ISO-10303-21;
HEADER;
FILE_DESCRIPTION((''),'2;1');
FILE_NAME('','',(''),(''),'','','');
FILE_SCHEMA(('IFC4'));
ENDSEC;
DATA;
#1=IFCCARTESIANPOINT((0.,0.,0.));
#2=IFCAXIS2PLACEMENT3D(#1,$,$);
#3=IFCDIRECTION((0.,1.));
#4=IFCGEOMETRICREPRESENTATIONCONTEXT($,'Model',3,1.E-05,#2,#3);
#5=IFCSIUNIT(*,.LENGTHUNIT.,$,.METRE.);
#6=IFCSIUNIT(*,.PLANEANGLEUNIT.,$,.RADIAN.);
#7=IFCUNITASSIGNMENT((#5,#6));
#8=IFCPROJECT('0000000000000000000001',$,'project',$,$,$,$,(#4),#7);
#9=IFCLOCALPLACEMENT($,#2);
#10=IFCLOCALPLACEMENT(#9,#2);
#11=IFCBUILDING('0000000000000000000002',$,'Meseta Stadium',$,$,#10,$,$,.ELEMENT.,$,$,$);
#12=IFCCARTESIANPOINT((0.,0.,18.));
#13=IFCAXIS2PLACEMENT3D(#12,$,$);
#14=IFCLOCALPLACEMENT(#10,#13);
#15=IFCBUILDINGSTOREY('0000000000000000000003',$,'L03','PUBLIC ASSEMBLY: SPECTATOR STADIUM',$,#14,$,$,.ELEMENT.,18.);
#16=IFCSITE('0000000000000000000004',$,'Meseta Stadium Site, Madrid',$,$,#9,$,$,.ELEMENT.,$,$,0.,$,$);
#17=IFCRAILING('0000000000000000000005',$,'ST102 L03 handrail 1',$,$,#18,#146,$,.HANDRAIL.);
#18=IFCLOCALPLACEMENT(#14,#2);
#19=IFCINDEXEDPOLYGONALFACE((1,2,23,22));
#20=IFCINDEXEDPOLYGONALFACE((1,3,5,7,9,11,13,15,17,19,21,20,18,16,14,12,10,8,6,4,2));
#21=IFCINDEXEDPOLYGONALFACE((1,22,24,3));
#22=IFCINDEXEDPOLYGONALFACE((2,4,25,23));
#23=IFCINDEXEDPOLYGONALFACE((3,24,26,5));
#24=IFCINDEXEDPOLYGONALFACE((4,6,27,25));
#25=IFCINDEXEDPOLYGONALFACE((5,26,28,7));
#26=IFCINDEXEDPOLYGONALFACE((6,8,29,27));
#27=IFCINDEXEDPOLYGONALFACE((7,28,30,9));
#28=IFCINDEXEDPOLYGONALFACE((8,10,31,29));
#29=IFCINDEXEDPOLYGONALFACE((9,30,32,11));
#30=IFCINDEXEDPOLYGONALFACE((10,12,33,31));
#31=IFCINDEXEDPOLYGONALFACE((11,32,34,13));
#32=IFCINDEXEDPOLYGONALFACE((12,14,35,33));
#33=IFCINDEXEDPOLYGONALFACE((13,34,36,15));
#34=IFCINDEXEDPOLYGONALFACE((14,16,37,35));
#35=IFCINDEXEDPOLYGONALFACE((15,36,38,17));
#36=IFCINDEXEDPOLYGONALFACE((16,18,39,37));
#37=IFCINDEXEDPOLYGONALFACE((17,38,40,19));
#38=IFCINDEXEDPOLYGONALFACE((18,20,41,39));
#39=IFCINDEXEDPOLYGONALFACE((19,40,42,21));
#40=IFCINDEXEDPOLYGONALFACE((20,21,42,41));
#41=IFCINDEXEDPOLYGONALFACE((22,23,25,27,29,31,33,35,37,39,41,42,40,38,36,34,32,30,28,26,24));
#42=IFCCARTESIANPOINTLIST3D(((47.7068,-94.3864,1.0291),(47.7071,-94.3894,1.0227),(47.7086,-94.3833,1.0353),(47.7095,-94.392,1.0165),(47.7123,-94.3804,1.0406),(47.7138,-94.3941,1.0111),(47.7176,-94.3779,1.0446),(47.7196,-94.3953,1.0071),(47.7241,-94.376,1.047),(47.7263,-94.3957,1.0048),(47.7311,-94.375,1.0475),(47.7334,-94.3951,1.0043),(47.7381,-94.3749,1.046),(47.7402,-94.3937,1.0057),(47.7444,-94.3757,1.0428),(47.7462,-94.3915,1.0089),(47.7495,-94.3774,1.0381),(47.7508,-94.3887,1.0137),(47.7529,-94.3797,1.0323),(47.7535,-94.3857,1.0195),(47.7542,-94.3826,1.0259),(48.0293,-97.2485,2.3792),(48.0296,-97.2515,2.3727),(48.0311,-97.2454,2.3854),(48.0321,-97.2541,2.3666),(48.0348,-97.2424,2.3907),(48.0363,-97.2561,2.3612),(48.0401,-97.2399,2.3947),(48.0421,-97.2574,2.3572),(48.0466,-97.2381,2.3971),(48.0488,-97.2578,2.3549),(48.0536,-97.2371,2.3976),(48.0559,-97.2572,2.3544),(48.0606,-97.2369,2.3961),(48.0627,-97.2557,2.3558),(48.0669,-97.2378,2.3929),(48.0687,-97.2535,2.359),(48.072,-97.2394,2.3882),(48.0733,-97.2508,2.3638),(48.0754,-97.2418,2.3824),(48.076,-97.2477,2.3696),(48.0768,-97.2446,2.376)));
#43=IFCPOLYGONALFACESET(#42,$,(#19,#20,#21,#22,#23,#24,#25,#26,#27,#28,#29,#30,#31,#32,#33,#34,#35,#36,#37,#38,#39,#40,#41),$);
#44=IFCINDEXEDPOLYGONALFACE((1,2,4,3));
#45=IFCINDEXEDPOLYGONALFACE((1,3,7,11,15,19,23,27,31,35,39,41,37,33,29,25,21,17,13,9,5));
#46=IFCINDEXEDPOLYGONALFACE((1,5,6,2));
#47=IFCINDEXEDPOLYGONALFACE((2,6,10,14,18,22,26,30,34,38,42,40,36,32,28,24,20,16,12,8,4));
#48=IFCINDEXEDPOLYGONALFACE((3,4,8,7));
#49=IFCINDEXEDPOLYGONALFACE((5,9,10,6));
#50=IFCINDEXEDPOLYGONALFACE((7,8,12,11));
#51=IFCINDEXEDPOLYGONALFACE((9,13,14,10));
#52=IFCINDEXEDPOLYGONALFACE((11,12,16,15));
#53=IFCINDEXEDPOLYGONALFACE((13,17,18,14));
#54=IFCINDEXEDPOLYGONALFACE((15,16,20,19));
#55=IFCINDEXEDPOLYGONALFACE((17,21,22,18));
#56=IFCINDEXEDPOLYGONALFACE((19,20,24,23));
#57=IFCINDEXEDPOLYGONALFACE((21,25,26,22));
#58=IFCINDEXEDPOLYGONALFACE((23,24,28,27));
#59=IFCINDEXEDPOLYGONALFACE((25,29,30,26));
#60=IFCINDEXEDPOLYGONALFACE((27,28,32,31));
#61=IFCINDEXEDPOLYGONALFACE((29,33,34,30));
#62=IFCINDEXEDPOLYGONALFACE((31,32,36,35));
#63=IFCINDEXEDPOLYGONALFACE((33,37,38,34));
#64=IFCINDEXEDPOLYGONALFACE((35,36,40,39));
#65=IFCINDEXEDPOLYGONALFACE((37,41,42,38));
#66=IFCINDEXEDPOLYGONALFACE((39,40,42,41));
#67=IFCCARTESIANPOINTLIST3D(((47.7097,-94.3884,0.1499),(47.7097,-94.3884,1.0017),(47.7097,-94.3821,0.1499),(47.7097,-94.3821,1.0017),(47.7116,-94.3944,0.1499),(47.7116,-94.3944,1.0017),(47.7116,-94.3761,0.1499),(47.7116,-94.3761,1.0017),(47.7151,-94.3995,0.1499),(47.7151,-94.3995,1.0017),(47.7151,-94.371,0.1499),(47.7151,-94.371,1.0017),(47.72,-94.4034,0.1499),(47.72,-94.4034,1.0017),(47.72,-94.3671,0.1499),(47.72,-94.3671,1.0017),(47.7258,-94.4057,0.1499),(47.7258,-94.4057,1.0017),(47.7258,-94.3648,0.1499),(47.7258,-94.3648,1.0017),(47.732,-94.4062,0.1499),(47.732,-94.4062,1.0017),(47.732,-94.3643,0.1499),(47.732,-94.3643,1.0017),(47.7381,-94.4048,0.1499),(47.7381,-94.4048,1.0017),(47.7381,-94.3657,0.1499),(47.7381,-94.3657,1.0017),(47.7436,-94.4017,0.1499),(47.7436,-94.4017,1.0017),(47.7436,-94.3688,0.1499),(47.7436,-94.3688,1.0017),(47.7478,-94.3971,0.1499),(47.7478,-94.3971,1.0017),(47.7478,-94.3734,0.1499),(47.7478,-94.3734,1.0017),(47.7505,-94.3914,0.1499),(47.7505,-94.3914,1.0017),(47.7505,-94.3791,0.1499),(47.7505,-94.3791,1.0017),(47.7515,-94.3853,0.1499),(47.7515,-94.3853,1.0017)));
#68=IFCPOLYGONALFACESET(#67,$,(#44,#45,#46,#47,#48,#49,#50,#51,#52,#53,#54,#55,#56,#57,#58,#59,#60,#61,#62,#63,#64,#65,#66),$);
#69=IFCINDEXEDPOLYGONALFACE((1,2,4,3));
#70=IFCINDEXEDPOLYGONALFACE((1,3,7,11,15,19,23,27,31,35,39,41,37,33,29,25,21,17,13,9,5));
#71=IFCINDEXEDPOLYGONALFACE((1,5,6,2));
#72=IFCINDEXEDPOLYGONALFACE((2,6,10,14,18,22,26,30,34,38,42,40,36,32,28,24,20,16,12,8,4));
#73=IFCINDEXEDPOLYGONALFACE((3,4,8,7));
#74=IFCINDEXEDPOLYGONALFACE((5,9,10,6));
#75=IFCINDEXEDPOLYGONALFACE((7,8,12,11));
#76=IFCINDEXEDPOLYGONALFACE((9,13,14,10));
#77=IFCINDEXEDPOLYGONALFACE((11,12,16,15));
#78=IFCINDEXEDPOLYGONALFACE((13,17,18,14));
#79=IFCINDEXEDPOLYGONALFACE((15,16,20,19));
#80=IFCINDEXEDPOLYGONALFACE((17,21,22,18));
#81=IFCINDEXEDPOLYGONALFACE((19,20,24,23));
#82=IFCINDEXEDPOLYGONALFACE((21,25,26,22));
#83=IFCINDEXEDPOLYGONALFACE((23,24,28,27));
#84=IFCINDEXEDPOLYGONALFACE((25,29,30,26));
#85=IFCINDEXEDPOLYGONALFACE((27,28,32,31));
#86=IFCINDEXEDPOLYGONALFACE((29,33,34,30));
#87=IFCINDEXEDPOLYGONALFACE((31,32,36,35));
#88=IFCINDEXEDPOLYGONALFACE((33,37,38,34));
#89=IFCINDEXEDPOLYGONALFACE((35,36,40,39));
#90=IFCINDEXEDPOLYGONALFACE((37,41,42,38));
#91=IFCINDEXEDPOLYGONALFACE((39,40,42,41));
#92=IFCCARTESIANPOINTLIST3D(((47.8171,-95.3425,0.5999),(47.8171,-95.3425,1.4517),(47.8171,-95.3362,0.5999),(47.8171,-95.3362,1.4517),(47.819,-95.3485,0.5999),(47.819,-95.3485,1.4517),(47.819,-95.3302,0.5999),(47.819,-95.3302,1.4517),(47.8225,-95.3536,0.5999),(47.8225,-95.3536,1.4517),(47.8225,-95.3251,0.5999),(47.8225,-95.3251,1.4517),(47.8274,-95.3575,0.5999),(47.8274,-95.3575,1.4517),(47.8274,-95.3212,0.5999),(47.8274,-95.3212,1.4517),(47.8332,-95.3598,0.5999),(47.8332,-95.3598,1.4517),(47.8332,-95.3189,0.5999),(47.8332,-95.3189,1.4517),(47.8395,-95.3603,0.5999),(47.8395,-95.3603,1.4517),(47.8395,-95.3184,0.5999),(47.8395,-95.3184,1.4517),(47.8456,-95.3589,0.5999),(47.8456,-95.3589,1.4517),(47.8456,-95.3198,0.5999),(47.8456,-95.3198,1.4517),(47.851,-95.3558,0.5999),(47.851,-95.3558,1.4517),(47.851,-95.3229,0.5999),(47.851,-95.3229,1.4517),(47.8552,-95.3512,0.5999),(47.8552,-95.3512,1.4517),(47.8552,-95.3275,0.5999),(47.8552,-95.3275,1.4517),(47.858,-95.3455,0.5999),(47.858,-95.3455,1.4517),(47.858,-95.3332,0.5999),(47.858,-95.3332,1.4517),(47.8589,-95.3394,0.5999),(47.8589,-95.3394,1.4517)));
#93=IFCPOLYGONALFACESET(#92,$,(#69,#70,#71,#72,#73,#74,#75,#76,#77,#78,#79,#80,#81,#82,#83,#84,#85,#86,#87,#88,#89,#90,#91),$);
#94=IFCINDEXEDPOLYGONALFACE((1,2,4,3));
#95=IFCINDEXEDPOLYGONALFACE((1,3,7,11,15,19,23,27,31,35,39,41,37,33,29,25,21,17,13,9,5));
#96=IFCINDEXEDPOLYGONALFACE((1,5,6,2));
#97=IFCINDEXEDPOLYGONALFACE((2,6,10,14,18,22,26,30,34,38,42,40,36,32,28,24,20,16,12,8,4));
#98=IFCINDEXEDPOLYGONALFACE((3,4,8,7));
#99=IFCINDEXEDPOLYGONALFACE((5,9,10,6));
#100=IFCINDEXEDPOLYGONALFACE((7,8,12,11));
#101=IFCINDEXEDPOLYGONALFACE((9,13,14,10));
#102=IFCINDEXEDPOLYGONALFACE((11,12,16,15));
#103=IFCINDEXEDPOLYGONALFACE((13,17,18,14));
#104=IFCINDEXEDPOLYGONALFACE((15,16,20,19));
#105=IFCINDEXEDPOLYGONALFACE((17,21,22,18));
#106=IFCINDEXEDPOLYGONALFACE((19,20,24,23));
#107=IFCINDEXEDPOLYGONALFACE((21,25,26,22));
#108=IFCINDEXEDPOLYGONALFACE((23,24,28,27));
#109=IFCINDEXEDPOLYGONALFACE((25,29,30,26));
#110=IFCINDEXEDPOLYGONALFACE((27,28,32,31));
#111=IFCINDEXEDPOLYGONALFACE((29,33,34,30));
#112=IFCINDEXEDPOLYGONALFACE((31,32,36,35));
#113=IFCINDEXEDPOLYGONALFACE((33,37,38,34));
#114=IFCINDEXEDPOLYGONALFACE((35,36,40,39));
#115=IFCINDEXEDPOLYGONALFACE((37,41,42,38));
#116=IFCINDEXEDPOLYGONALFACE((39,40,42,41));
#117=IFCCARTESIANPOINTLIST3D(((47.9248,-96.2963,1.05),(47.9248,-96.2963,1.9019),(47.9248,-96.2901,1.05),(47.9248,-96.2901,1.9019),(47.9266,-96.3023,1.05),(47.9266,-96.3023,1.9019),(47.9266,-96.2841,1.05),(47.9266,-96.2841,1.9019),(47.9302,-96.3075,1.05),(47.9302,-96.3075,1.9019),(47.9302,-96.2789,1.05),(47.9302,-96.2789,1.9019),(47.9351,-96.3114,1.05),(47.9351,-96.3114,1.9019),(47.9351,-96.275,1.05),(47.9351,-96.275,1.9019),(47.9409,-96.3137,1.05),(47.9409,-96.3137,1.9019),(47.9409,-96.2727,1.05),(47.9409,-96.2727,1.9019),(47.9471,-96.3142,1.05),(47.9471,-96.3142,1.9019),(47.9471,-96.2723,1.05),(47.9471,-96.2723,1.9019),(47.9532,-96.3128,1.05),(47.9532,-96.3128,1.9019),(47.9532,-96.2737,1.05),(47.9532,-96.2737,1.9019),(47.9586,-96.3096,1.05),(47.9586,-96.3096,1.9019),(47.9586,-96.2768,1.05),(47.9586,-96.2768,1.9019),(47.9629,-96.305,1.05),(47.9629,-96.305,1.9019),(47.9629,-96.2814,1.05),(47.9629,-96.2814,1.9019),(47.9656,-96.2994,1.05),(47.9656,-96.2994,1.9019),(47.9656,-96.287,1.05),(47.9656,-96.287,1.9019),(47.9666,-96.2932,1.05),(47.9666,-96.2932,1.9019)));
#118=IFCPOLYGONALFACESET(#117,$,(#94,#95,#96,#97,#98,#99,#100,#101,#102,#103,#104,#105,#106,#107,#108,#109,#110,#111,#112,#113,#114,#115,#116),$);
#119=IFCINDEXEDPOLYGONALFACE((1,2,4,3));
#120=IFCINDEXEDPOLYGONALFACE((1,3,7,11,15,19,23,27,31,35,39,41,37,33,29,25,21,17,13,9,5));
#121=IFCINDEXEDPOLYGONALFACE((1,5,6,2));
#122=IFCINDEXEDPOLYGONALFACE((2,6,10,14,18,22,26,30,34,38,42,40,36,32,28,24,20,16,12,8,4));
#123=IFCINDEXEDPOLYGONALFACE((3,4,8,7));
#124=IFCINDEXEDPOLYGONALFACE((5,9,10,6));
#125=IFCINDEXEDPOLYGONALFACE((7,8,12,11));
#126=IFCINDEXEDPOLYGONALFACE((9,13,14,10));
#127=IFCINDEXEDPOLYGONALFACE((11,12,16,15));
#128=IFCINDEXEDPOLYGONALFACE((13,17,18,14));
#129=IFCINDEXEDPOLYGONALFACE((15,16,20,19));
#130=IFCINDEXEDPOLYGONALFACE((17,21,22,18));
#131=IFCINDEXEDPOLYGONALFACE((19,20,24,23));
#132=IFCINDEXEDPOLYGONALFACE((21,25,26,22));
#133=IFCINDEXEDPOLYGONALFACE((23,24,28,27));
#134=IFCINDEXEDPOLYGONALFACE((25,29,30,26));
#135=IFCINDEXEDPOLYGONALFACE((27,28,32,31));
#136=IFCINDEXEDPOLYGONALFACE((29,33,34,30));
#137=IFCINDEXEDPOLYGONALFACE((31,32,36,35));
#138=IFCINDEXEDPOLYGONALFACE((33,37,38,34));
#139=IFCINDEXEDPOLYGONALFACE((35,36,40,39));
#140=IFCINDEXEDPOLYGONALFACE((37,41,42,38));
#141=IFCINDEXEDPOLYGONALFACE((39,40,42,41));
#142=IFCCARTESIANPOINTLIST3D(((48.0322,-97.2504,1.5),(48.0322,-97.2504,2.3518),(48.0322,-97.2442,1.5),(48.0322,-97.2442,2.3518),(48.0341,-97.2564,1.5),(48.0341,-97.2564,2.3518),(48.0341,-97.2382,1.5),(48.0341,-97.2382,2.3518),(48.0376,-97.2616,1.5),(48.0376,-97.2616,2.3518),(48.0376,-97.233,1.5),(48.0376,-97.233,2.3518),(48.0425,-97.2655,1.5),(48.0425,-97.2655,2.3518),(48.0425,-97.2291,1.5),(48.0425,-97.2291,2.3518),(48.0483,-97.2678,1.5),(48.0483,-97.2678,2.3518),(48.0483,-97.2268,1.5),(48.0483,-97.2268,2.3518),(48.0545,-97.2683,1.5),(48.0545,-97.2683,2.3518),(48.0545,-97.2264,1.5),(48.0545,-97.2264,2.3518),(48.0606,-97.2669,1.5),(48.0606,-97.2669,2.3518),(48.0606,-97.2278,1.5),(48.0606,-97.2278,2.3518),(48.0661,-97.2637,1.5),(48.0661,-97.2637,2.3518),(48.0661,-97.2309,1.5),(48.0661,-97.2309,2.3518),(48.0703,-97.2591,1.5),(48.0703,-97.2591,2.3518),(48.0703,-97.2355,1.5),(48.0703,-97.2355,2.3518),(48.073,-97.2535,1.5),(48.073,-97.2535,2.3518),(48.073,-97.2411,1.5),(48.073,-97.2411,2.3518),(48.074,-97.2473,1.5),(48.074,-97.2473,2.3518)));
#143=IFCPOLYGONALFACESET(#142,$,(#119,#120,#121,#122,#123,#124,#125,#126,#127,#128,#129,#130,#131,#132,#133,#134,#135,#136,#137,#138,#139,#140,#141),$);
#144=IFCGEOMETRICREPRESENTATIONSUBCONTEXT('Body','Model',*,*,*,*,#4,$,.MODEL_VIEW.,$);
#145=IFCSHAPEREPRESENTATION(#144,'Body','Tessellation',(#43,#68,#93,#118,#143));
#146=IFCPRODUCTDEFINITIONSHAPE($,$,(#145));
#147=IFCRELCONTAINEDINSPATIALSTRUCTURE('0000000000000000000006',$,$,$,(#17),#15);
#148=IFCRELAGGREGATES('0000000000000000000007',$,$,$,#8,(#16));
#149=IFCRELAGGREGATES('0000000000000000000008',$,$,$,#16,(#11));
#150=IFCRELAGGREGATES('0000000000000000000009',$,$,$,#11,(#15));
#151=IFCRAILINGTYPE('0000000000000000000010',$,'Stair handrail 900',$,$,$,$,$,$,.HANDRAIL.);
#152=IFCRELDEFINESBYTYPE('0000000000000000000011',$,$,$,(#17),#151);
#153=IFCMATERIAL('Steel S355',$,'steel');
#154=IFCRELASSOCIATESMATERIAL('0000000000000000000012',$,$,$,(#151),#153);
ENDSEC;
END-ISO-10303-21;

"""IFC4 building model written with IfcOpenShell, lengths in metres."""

from ifc_helpers import new_model, si_unit, direction, frame, origin, origin_2d, place, context, subcontext, project, spatial, circle, extrude, material, type_object, element, save


model = new_model("IFC4")

# Units and contexts
model_context = context("Model", 3, precision=1e-05, world=origin(), true_north=direction((0.0, 1.0)))
body_context = subcontext(model_context, "Body", "Model", "MODEL_VIEW")
ifc_project = project(units=[si_unit("LENGTHUNIT", "METRE"), si_unit("PLANEANGLEUNIT", "RADIAN")], contexts=[model_context])

# Site, building, storey
site_placement = place(None, origin())
site = spatial("IfcSite", under=ifc_project, at=site_placement, Name="Meseta Stadium Site, Madrid", CompositionType="ELEMENT", RefElevation=0.0)
building_placement = place(site_placement, origin())
building = spatial("IfcBuilding", under=site, at=building_placement, Name="Meseta Stadium", CompositionType="ELEMENT")
storey_placement = place(building_placement, frame((0.0, 0.0, 18.0)))
storey = spatial("IfcBuildingStorey", under=building, at=storey_placement, Name="L03", Description="PUBLIC ASSEMBLY: SPECTATOR STADIUM", CompositionType="ELEMENT", Elevation=18.0)

# Railing
ifc_material_1 = material(Name="Steel S355", Category="steel")
railing_type_1 = type_object("IfcRailingType", Name="Stair handrail 900", PredefinedType="HANDRAIL", material=ifc_material_1)
railing_1_placement = place(storey_placement, frame((47.7305, -94.3853, 0.1499)))
element("IfcRailing", 1, at=railing_1_placement, inside=storey, type_object=railing_type_1, Name="ST102 L03 handrail 1", PredefinedType="HANDRAIL", context=body_context, shape_type="SweptSolid", body=[
    extrude(circle(Radius=0.0239, at=origin_2d()), frame((0.0, 0.0, 0.876), z_axis=(0.101389, -0.899763, 0.424438), x_axis=(0.993711, 0.111976, 0.0)), (0.0, 0.0, 1.0), 3.1809),
    extrude(circle(Radius=0.021, at=origin_2d()), origin(), (0.0, 0.0, 1.0), 0.8518),
    extrude(circle(Radius=0.021, at=origin_2d()), frame((0.1074, -0.9541, 0.45)), (0.0, 0.0, 1.0), 0.8518),
    extrude(circle(Radius=0.021, at=origin_2d()), frame((0.2151, -1.908, 0.9001)), (0.0, 0.0, 1.0), 0.8518),
    extrude(circle(Radius=0.021, at=origin_2d()), frame((0.3225, -2.8621, 1.3501)), (0.0, 0.0, 1.0), 0.8518),
])

save(model, "model.ifc")
